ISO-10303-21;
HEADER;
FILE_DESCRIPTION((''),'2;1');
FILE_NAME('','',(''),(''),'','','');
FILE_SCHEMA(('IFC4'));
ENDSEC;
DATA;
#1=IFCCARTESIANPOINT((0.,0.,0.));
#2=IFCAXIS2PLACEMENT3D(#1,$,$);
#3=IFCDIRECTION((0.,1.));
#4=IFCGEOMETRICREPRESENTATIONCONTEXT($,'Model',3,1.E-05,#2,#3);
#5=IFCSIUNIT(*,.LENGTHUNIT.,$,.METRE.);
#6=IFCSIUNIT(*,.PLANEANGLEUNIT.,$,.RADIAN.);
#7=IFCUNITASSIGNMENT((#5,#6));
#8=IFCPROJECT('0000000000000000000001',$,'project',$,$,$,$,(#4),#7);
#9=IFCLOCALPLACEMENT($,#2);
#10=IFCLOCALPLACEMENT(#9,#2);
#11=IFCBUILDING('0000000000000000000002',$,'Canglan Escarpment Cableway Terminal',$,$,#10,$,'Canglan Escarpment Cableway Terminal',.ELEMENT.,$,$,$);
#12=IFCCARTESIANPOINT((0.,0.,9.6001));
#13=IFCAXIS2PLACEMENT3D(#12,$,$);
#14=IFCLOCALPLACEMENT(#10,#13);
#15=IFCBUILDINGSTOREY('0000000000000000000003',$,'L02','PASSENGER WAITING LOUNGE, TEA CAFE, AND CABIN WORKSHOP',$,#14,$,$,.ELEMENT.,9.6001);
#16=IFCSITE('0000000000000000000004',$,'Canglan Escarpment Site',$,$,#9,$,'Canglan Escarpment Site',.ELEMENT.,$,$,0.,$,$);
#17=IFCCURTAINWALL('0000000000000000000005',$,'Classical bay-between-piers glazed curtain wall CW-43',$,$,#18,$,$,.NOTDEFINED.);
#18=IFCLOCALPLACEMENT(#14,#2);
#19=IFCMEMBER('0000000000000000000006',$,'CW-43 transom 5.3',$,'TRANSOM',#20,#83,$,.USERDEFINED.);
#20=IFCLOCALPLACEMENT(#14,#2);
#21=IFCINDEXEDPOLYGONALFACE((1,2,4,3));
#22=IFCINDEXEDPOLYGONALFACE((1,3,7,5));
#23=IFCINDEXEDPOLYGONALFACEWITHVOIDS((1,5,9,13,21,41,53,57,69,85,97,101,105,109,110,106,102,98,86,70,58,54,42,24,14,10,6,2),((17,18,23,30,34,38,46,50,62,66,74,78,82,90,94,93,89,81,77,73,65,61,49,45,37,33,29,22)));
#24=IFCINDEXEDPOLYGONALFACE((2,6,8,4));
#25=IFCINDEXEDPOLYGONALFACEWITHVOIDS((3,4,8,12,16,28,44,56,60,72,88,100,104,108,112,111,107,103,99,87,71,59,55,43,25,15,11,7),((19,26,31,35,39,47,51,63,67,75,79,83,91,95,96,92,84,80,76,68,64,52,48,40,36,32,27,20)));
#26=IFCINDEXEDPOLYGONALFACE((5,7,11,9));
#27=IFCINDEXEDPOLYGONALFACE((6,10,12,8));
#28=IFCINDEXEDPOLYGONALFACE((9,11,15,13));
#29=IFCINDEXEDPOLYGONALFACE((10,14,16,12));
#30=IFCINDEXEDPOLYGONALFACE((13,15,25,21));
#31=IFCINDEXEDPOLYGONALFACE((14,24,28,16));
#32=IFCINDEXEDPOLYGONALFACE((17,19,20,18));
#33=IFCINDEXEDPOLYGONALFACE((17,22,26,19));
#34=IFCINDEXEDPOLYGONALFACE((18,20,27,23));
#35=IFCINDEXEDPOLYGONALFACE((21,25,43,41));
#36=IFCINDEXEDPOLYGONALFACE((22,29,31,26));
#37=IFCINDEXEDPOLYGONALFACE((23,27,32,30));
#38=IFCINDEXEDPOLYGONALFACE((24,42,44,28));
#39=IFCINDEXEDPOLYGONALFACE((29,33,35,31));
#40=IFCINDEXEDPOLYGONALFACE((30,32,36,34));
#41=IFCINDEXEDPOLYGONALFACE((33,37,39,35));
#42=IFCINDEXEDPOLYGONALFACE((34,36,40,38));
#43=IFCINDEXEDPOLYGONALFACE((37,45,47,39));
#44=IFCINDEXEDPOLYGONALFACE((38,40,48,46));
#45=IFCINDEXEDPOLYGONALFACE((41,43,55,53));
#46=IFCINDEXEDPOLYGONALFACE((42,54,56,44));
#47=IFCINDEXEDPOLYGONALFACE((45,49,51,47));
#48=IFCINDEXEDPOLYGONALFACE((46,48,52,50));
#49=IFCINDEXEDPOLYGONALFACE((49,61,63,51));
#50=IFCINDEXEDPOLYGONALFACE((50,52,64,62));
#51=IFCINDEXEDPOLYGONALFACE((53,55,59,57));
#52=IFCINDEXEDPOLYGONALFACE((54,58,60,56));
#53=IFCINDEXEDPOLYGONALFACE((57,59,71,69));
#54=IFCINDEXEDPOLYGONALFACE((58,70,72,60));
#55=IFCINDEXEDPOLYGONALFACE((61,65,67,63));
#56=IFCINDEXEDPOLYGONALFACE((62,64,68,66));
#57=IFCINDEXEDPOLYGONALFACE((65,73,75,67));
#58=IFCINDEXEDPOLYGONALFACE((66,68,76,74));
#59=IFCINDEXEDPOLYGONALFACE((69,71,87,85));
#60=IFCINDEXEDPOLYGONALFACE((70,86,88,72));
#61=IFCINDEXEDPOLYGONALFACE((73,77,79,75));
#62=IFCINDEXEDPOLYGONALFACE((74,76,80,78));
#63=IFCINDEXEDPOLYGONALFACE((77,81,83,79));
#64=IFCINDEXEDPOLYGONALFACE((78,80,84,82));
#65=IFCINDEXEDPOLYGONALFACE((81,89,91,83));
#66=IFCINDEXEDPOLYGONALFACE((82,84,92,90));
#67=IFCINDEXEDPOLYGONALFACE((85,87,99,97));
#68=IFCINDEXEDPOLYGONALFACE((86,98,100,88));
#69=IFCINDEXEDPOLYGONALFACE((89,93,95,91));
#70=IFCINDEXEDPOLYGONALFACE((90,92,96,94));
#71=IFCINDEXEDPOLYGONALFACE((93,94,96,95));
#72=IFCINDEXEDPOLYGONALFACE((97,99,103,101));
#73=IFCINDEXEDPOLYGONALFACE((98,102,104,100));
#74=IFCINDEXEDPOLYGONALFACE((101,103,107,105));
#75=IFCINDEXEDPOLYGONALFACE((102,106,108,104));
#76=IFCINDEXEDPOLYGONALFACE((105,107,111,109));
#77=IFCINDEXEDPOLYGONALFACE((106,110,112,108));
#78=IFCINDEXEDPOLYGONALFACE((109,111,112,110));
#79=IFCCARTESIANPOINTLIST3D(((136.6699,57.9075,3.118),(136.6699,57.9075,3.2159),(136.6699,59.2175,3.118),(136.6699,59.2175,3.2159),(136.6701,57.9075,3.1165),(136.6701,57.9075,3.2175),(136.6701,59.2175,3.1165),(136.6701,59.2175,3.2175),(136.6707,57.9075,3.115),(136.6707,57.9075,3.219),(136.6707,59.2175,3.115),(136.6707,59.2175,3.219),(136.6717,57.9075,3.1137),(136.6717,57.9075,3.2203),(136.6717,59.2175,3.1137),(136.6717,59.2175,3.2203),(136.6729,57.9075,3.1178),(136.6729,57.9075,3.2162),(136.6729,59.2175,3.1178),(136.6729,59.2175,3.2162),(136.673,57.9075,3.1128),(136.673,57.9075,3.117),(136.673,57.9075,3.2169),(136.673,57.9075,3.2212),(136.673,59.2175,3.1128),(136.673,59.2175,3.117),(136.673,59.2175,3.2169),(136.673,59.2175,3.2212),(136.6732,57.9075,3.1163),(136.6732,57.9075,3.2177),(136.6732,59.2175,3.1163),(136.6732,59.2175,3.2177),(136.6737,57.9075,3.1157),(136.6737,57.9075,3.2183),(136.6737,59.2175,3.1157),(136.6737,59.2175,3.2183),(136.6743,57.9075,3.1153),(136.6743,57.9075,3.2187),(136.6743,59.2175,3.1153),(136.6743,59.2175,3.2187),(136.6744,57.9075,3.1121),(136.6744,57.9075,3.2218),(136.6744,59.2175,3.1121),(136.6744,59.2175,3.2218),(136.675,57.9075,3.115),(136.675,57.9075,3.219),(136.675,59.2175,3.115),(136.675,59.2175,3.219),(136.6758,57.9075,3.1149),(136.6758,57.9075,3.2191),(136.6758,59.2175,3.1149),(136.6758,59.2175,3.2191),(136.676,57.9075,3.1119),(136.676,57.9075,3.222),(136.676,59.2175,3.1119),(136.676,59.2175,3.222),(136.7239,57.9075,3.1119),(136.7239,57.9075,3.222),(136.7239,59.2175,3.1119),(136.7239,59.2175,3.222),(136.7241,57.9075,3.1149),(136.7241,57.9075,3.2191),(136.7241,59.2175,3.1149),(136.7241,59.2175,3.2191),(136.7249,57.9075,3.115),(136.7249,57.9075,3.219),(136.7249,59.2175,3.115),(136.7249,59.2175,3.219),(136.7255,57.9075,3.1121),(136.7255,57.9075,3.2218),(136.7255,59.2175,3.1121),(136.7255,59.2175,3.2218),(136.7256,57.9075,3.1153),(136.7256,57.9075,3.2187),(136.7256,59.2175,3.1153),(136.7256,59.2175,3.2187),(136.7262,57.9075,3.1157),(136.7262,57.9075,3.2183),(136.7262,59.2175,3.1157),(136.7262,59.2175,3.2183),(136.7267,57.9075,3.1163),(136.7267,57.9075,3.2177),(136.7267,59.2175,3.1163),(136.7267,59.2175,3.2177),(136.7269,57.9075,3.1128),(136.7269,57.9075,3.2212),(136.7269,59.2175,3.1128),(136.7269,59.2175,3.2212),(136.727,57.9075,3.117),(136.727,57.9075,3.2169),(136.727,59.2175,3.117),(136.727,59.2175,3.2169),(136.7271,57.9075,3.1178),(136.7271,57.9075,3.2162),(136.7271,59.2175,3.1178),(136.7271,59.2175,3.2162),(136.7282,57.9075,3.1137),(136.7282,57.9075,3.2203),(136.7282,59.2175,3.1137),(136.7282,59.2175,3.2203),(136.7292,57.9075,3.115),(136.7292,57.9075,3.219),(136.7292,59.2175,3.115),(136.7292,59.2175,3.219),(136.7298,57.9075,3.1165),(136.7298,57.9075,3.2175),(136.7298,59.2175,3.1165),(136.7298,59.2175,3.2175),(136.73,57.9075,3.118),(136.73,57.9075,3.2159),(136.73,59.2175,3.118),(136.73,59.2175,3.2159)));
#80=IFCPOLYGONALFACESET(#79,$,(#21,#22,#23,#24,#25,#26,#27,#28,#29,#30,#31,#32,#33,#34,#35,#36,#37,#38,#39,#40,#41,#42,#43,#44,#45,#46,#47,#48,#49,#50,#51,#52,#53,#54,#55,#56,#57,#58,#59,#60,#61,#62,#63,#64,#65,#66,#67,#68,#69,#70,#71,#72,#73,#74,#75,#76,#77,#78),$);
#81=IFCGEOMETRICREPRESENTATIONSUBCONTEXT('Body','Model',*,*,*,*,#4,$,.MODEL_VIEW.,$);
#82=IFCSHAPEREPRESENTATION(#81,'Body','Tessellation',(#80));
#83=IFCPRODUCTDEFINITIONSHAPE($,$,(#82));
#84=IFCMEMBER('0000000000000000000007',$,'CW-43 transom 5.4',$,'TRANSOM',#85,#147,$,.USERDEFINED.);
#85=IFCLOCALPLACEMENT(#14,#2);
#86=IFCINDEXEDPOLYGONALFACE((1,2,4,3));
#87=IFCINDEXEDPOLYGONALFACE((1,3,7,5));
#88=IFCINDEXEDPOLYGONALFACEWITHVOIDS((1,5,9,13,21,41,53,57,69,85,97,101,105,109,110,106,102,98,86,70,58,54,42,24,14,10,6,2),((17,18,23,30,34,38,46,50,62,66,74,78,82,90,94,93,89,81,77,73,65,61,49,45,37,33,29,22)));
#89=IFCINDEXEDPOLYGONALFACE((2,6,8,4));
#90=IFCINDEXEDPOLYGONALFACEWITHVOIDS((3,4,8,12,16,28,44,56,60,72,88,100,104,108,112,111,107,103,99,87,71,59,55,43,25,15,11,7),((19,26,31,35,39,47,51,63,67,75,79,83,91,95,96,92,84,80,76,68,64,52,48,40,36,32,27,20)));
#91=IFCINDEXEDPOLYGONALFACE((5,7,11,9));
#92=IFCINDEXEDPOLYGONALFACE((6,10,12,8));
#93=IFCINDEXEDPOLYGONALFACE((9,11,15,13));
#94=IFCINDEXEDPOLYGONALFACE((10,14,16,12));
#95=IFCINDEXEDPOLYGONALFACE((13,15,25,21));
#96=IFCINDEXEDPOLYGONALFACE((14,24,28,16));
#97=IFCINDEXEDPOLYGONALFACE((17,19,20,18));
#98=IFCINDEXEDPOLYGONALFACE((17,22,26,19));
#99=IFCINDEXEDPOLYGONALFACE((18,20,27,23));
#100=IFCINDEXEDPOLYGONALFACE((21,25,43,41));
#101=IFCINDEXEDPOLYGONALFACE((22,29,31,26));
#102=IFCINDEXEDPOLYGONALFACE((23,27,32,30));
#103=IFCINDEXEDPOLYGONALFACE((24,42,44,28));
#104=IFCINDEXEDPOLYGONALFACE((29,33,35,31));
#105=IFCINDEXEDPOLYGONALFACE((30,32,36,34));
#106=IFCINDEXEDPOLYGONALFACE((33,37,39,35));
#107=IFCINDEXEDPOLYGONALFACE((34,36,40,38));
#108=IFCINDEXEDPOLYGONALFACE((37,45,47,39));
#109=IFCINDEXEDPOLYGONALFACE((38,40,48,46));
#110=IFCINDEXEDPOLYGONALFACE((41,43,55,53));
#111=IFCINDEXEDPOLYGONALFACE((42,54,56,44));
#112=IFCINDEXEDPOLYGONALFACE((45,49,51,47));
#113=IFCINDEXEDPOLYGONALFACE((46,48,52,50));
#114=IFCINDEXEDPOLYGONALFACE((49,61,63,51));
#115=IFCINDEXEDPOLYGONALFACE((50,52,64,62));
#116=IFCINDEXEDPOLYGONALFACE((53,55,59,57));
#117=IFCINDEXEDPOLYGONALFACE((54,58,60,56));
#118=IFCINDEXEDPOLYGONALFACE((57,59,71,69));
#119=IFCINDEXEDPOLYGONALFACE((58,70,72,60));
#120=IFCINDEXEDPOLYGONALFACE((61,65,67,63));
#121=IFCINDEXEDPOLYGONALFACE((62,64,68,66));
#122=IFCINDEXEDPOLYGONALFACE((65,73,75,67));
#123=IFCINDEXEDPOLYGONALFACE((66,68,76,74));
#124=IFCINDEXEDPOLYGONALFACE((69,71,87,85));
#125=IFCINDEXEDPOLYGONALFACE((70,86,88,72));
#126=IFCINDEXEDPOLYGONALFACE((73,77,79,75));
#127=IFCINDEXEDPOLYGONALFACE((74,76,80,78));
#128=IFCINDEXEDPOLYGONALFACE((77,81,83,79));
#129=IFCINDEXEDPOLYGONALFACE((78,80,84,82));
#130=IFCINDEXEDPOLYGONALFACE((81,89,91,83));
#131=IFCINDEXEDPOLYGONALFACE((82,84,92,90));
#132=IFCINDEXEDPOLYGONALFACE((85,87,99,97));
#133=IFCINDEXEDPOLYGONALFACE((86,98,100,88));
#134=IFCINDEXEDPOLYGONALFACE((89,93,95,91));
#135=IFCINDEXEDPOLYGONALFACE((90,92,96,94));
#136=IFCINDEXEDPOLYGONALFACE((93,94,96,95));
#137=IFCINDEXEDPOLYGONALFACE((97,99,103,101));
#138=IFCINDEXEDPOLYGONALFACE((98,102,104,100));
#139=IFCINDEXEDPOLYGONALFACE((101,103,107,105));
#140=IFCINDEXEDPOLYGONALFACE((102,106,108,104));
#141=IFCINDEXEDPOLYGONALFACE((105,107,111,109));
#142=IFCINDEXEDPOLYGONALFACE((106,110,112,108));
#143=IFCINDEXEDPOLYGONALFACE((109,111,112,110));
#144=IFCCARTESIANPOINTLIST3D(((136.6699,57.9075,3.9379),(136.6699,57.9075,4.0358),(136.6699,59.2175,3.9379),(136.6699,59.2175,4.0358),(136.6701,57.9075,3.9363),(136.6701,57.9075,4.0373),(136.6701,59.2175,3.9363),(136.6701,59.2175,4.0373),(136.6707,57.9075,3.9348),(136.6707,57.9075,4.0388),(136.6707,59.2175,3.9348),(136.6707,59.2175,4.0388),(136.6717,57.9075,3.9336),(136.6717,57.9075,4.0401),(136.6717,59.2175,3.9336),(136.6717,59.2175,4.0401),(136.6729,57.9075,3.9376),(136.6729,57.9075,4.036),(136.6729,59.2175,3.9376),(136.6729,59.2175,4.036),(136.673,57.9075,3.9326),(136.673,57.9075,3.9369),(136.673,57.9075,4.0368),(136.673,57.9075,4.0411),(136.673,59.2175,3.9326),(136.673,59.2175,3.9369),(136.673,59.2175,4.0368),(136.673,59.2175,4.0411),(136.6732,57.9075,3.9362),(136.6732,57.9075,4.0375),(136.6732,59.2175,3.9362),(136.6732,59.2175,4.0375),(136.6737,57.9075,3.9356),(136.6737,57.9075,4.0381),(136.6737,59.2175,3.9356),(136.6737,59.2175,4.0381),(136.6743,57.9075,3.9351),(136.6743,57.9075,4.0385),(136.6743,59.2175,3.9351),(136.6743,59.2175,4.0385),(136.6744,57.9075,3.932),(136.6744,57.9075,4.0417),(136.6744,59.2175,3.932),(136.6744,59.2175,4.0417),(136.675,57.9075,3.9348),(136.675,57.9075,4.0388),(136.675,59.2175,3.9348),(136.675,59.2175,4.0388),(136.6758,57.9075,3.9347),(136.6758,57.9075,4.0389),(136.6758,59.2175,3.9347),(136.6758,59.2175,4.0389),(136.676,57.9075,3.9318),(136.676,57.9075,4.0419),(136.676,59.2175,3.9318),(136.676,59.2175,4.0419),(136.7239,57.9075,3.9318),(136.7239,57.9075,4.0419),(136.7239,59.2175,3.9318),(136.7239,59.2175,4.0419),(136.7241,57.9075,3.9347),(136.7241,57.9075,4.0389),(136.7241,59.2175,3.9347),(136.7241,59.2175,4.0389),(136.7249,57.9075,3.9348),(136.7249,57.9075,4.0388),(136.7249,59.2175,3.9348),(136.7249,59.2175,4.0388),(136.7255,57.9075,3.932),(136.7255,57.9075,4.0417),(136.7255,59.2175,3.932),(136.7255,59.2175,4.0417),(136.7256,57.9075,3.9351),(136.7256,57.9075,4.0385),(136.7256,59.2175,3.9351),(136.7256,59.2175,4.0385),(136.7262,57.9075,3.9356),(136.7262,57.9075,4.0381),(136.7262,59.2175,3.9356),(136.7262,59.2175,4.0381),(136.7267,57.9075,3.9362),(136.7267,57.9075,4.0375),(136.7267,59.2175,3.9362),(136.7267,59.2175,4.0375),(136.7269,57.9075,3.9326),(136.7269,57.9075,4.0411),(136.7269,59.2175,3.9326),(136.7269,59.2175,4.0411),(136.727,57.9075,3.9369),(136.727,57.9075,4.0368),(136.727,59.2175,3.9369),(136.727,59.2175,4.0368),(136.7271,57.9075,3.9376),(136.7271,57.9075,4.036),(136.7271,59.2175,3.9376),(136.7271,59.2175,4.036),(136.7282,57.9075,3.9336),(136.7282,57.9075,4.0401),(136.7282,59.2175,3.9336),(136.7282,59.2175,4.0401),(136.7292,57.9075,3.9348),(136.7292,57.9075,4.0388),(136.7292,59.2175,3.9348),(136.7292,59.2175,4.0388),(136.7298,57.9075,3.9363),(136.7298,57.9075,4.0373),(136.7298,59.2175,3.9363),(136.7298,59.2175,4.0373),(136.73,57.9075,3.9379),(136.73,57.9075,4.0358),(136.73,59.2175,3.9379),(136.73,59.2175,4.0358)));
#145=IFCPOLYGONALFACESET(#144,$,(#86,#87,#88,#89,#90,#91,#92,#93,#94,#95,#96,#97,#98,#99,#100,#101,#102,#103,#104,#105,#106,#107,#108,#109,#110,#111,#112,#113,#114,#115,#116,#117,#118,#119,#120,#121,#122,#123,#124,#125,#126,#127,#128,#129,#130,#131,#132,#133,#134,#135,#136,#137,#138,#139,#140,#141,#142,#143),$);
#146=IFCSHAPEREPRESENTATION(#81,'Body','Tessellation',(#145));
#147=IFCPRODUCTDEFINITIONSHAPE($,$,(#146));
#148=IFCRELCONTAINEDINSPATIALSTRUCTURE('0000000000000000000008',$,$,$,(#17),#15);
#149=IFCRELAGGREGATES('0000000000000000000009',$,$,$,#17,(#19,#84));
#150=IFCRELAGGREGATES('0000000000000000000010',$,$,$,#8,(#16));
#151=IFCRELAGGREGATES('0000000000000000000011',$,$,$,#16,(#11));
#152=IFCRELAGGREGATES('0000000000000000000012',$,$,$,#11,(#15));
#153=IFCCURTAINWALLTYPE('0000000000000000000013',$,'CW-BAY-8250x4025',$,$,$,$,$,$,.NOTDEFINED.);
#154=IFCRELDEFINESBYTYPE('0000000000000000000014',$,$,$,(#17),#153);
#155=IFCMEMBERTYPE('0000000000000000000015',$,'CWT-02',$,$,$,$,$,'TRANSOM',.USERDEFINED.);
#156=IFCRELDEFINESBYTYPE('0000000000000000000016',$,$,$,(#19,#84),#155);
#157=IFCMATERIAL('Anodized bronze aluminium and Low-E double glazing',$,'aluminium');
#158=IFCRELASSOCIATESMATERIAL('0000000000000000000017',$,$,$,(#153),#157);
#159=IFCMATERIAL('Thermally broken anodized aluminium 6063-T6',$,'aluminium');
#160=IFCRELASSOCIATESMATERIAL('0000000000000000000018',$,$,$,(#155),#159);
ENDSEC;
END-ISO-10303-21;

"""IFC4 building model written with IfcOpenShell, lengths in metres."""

from ifc_helpers import new_model, si_unit, direction, frame, origin, origin_2d, place, context, subcontext, project, spatial, hollow_rectangle, extrude, material, material_profile, profile_set, type_object, element, aggregate, save


model = new_model("IFC4")

# Units and contexts
model_context = context("Model", 3, precision=1e-05, world=origin(), true_north=direction((0.0, 1.0)))
body_context = subcontext(model_context, "Body", "Model", "MODEL_VIEW")
ifc_project = project(units=[si_unit("LENGTHUNIT", "METRE"), si_unit("PLANEANGLEUNIT", "RADIAN")], contexts=[model_context])

# Site, building, storey
site_placement = place(None, origin())
site = spatial("IfcSite", under=ifc_project, at=site_placement, Name="Canglan Escarpment Site", LongName="Canglan Escarpment Site", CompositionType="ELEMENT", RefElevation=0.0)
building_placement = place(site_placement, origin())
building = spatial("IfcBuilding", under=site, at=building_placement, Name="Canglan Escarpment Cableway Terminal", LongName="Canglan Escarpment Cableway Terminal", CompositionType="ELEMENT")
storey_placement = place(building_placement, frame((0.0, 0.0, 9.6001)))
storey = spatial("IfcBuildingStorey", under=building, at=storey_placement, Name="L02", Description="PASSENGER WAITING LOUNGE, TEA CAFE, AND CABIN WORKSHOP", CompositionType="ELEMENT", Elevation=9.6001)

# Curtain wall
ifc_material_1 = material(Name="Anodized bronze aluminium and Low-E double glazing", Category="aluminium")
curtain_wall_type = type_object("IfcCurtainWallType", Name="CW-BAY-8250x4025", PredefinedType="NOTDEFINED", material=ifc_material_1)
curtain_wall_1_placement = place(storey_placement, origin())
curtain_wall_1 = element("IfcCurtainWall", 1, at=curtain_wall_1_placement, inside=storey, type_object=curtain_wall_type, Name="Classical bay-between-piers glazed curtain wall CW-43", PredefinedType="NOTDEFINED")
ifc_material_2 = material(Name="Thermally broken anodized aluminium 6063-T6", Category="aluminium")

# Members
ifc_material_profile_1 = material_profile(ifc_material_2, hollow_rectangle(XDim=0.0601, YDim=0.1101, WallThickness=0.0029, InnerFilletRadius=0.0029, OuterFilletRadius=0.0061, at=origin_2d()), Name="ALU-TRAN 60x110x3")
ifc_profile_set_1 = profile_set([ifc_material_profile_1], Name="Thermally broken anodized aluminium 6063-T6")
member_type_1 = type_object("IfcMemberType", Name="CWT-02", ElementType="TRANSOM", PredefinedType="USERDEFINED", material=ifc_profile_set_1)
member_1_placement = place(storey_placement, frame((136.7, 57.9075, 3.167), z_axis=(0.0, 1.0, 0.0), x_axis=(-1.0, 0.0, 0.0)))
member_1 = element("IfcMember", 2, at=member_1_placement, type_object=member_type_1, Name="CW-43 transom 5.3", ObjectType="TRANSOM", PredefinedType="USERDEFINED", context=body_context, shape_type="SweptSolid", body=[
    extrude(hollow_rectangle(XDim=0.0601, YDim=0.1101, WallThickness=0.0029, InnerFilletRadius=0.0029, OuterFilletRadius=0.0061, at=origin_2d()), origin(), (0.0, 0.0, 1.0), 1.3101),
])
member_2_placement = place(storey_placement, frame((136.7, 57.9075, 3.9868), z_axis=(0.0, 1.0, 0.0), x_axis=(-1.0, 0.0, 0.0)))
member_2 = element("IfcMember", 3, at=member_2_placement, type_object=member_type_1, Name="CW-43 transom 5.4", ObjectType="TRANSOM", PredefinedType="USERDEFINED", context=body_context, shape_type="SweptSolid", body=[
    extrude(hollow_rectangle(XDim=0.0601, YDim=0.1101, WallThickness=0.0029, InnerFilletRadius=0.0029, OuterFilletRadius=0.0061, at=origin_2d()), origin(), (0.0, 0.0, 1.0), 1.3101),
])

aggregate(curtain_wall_1, [member_1, member_2])

save(model, "model.ifc")
